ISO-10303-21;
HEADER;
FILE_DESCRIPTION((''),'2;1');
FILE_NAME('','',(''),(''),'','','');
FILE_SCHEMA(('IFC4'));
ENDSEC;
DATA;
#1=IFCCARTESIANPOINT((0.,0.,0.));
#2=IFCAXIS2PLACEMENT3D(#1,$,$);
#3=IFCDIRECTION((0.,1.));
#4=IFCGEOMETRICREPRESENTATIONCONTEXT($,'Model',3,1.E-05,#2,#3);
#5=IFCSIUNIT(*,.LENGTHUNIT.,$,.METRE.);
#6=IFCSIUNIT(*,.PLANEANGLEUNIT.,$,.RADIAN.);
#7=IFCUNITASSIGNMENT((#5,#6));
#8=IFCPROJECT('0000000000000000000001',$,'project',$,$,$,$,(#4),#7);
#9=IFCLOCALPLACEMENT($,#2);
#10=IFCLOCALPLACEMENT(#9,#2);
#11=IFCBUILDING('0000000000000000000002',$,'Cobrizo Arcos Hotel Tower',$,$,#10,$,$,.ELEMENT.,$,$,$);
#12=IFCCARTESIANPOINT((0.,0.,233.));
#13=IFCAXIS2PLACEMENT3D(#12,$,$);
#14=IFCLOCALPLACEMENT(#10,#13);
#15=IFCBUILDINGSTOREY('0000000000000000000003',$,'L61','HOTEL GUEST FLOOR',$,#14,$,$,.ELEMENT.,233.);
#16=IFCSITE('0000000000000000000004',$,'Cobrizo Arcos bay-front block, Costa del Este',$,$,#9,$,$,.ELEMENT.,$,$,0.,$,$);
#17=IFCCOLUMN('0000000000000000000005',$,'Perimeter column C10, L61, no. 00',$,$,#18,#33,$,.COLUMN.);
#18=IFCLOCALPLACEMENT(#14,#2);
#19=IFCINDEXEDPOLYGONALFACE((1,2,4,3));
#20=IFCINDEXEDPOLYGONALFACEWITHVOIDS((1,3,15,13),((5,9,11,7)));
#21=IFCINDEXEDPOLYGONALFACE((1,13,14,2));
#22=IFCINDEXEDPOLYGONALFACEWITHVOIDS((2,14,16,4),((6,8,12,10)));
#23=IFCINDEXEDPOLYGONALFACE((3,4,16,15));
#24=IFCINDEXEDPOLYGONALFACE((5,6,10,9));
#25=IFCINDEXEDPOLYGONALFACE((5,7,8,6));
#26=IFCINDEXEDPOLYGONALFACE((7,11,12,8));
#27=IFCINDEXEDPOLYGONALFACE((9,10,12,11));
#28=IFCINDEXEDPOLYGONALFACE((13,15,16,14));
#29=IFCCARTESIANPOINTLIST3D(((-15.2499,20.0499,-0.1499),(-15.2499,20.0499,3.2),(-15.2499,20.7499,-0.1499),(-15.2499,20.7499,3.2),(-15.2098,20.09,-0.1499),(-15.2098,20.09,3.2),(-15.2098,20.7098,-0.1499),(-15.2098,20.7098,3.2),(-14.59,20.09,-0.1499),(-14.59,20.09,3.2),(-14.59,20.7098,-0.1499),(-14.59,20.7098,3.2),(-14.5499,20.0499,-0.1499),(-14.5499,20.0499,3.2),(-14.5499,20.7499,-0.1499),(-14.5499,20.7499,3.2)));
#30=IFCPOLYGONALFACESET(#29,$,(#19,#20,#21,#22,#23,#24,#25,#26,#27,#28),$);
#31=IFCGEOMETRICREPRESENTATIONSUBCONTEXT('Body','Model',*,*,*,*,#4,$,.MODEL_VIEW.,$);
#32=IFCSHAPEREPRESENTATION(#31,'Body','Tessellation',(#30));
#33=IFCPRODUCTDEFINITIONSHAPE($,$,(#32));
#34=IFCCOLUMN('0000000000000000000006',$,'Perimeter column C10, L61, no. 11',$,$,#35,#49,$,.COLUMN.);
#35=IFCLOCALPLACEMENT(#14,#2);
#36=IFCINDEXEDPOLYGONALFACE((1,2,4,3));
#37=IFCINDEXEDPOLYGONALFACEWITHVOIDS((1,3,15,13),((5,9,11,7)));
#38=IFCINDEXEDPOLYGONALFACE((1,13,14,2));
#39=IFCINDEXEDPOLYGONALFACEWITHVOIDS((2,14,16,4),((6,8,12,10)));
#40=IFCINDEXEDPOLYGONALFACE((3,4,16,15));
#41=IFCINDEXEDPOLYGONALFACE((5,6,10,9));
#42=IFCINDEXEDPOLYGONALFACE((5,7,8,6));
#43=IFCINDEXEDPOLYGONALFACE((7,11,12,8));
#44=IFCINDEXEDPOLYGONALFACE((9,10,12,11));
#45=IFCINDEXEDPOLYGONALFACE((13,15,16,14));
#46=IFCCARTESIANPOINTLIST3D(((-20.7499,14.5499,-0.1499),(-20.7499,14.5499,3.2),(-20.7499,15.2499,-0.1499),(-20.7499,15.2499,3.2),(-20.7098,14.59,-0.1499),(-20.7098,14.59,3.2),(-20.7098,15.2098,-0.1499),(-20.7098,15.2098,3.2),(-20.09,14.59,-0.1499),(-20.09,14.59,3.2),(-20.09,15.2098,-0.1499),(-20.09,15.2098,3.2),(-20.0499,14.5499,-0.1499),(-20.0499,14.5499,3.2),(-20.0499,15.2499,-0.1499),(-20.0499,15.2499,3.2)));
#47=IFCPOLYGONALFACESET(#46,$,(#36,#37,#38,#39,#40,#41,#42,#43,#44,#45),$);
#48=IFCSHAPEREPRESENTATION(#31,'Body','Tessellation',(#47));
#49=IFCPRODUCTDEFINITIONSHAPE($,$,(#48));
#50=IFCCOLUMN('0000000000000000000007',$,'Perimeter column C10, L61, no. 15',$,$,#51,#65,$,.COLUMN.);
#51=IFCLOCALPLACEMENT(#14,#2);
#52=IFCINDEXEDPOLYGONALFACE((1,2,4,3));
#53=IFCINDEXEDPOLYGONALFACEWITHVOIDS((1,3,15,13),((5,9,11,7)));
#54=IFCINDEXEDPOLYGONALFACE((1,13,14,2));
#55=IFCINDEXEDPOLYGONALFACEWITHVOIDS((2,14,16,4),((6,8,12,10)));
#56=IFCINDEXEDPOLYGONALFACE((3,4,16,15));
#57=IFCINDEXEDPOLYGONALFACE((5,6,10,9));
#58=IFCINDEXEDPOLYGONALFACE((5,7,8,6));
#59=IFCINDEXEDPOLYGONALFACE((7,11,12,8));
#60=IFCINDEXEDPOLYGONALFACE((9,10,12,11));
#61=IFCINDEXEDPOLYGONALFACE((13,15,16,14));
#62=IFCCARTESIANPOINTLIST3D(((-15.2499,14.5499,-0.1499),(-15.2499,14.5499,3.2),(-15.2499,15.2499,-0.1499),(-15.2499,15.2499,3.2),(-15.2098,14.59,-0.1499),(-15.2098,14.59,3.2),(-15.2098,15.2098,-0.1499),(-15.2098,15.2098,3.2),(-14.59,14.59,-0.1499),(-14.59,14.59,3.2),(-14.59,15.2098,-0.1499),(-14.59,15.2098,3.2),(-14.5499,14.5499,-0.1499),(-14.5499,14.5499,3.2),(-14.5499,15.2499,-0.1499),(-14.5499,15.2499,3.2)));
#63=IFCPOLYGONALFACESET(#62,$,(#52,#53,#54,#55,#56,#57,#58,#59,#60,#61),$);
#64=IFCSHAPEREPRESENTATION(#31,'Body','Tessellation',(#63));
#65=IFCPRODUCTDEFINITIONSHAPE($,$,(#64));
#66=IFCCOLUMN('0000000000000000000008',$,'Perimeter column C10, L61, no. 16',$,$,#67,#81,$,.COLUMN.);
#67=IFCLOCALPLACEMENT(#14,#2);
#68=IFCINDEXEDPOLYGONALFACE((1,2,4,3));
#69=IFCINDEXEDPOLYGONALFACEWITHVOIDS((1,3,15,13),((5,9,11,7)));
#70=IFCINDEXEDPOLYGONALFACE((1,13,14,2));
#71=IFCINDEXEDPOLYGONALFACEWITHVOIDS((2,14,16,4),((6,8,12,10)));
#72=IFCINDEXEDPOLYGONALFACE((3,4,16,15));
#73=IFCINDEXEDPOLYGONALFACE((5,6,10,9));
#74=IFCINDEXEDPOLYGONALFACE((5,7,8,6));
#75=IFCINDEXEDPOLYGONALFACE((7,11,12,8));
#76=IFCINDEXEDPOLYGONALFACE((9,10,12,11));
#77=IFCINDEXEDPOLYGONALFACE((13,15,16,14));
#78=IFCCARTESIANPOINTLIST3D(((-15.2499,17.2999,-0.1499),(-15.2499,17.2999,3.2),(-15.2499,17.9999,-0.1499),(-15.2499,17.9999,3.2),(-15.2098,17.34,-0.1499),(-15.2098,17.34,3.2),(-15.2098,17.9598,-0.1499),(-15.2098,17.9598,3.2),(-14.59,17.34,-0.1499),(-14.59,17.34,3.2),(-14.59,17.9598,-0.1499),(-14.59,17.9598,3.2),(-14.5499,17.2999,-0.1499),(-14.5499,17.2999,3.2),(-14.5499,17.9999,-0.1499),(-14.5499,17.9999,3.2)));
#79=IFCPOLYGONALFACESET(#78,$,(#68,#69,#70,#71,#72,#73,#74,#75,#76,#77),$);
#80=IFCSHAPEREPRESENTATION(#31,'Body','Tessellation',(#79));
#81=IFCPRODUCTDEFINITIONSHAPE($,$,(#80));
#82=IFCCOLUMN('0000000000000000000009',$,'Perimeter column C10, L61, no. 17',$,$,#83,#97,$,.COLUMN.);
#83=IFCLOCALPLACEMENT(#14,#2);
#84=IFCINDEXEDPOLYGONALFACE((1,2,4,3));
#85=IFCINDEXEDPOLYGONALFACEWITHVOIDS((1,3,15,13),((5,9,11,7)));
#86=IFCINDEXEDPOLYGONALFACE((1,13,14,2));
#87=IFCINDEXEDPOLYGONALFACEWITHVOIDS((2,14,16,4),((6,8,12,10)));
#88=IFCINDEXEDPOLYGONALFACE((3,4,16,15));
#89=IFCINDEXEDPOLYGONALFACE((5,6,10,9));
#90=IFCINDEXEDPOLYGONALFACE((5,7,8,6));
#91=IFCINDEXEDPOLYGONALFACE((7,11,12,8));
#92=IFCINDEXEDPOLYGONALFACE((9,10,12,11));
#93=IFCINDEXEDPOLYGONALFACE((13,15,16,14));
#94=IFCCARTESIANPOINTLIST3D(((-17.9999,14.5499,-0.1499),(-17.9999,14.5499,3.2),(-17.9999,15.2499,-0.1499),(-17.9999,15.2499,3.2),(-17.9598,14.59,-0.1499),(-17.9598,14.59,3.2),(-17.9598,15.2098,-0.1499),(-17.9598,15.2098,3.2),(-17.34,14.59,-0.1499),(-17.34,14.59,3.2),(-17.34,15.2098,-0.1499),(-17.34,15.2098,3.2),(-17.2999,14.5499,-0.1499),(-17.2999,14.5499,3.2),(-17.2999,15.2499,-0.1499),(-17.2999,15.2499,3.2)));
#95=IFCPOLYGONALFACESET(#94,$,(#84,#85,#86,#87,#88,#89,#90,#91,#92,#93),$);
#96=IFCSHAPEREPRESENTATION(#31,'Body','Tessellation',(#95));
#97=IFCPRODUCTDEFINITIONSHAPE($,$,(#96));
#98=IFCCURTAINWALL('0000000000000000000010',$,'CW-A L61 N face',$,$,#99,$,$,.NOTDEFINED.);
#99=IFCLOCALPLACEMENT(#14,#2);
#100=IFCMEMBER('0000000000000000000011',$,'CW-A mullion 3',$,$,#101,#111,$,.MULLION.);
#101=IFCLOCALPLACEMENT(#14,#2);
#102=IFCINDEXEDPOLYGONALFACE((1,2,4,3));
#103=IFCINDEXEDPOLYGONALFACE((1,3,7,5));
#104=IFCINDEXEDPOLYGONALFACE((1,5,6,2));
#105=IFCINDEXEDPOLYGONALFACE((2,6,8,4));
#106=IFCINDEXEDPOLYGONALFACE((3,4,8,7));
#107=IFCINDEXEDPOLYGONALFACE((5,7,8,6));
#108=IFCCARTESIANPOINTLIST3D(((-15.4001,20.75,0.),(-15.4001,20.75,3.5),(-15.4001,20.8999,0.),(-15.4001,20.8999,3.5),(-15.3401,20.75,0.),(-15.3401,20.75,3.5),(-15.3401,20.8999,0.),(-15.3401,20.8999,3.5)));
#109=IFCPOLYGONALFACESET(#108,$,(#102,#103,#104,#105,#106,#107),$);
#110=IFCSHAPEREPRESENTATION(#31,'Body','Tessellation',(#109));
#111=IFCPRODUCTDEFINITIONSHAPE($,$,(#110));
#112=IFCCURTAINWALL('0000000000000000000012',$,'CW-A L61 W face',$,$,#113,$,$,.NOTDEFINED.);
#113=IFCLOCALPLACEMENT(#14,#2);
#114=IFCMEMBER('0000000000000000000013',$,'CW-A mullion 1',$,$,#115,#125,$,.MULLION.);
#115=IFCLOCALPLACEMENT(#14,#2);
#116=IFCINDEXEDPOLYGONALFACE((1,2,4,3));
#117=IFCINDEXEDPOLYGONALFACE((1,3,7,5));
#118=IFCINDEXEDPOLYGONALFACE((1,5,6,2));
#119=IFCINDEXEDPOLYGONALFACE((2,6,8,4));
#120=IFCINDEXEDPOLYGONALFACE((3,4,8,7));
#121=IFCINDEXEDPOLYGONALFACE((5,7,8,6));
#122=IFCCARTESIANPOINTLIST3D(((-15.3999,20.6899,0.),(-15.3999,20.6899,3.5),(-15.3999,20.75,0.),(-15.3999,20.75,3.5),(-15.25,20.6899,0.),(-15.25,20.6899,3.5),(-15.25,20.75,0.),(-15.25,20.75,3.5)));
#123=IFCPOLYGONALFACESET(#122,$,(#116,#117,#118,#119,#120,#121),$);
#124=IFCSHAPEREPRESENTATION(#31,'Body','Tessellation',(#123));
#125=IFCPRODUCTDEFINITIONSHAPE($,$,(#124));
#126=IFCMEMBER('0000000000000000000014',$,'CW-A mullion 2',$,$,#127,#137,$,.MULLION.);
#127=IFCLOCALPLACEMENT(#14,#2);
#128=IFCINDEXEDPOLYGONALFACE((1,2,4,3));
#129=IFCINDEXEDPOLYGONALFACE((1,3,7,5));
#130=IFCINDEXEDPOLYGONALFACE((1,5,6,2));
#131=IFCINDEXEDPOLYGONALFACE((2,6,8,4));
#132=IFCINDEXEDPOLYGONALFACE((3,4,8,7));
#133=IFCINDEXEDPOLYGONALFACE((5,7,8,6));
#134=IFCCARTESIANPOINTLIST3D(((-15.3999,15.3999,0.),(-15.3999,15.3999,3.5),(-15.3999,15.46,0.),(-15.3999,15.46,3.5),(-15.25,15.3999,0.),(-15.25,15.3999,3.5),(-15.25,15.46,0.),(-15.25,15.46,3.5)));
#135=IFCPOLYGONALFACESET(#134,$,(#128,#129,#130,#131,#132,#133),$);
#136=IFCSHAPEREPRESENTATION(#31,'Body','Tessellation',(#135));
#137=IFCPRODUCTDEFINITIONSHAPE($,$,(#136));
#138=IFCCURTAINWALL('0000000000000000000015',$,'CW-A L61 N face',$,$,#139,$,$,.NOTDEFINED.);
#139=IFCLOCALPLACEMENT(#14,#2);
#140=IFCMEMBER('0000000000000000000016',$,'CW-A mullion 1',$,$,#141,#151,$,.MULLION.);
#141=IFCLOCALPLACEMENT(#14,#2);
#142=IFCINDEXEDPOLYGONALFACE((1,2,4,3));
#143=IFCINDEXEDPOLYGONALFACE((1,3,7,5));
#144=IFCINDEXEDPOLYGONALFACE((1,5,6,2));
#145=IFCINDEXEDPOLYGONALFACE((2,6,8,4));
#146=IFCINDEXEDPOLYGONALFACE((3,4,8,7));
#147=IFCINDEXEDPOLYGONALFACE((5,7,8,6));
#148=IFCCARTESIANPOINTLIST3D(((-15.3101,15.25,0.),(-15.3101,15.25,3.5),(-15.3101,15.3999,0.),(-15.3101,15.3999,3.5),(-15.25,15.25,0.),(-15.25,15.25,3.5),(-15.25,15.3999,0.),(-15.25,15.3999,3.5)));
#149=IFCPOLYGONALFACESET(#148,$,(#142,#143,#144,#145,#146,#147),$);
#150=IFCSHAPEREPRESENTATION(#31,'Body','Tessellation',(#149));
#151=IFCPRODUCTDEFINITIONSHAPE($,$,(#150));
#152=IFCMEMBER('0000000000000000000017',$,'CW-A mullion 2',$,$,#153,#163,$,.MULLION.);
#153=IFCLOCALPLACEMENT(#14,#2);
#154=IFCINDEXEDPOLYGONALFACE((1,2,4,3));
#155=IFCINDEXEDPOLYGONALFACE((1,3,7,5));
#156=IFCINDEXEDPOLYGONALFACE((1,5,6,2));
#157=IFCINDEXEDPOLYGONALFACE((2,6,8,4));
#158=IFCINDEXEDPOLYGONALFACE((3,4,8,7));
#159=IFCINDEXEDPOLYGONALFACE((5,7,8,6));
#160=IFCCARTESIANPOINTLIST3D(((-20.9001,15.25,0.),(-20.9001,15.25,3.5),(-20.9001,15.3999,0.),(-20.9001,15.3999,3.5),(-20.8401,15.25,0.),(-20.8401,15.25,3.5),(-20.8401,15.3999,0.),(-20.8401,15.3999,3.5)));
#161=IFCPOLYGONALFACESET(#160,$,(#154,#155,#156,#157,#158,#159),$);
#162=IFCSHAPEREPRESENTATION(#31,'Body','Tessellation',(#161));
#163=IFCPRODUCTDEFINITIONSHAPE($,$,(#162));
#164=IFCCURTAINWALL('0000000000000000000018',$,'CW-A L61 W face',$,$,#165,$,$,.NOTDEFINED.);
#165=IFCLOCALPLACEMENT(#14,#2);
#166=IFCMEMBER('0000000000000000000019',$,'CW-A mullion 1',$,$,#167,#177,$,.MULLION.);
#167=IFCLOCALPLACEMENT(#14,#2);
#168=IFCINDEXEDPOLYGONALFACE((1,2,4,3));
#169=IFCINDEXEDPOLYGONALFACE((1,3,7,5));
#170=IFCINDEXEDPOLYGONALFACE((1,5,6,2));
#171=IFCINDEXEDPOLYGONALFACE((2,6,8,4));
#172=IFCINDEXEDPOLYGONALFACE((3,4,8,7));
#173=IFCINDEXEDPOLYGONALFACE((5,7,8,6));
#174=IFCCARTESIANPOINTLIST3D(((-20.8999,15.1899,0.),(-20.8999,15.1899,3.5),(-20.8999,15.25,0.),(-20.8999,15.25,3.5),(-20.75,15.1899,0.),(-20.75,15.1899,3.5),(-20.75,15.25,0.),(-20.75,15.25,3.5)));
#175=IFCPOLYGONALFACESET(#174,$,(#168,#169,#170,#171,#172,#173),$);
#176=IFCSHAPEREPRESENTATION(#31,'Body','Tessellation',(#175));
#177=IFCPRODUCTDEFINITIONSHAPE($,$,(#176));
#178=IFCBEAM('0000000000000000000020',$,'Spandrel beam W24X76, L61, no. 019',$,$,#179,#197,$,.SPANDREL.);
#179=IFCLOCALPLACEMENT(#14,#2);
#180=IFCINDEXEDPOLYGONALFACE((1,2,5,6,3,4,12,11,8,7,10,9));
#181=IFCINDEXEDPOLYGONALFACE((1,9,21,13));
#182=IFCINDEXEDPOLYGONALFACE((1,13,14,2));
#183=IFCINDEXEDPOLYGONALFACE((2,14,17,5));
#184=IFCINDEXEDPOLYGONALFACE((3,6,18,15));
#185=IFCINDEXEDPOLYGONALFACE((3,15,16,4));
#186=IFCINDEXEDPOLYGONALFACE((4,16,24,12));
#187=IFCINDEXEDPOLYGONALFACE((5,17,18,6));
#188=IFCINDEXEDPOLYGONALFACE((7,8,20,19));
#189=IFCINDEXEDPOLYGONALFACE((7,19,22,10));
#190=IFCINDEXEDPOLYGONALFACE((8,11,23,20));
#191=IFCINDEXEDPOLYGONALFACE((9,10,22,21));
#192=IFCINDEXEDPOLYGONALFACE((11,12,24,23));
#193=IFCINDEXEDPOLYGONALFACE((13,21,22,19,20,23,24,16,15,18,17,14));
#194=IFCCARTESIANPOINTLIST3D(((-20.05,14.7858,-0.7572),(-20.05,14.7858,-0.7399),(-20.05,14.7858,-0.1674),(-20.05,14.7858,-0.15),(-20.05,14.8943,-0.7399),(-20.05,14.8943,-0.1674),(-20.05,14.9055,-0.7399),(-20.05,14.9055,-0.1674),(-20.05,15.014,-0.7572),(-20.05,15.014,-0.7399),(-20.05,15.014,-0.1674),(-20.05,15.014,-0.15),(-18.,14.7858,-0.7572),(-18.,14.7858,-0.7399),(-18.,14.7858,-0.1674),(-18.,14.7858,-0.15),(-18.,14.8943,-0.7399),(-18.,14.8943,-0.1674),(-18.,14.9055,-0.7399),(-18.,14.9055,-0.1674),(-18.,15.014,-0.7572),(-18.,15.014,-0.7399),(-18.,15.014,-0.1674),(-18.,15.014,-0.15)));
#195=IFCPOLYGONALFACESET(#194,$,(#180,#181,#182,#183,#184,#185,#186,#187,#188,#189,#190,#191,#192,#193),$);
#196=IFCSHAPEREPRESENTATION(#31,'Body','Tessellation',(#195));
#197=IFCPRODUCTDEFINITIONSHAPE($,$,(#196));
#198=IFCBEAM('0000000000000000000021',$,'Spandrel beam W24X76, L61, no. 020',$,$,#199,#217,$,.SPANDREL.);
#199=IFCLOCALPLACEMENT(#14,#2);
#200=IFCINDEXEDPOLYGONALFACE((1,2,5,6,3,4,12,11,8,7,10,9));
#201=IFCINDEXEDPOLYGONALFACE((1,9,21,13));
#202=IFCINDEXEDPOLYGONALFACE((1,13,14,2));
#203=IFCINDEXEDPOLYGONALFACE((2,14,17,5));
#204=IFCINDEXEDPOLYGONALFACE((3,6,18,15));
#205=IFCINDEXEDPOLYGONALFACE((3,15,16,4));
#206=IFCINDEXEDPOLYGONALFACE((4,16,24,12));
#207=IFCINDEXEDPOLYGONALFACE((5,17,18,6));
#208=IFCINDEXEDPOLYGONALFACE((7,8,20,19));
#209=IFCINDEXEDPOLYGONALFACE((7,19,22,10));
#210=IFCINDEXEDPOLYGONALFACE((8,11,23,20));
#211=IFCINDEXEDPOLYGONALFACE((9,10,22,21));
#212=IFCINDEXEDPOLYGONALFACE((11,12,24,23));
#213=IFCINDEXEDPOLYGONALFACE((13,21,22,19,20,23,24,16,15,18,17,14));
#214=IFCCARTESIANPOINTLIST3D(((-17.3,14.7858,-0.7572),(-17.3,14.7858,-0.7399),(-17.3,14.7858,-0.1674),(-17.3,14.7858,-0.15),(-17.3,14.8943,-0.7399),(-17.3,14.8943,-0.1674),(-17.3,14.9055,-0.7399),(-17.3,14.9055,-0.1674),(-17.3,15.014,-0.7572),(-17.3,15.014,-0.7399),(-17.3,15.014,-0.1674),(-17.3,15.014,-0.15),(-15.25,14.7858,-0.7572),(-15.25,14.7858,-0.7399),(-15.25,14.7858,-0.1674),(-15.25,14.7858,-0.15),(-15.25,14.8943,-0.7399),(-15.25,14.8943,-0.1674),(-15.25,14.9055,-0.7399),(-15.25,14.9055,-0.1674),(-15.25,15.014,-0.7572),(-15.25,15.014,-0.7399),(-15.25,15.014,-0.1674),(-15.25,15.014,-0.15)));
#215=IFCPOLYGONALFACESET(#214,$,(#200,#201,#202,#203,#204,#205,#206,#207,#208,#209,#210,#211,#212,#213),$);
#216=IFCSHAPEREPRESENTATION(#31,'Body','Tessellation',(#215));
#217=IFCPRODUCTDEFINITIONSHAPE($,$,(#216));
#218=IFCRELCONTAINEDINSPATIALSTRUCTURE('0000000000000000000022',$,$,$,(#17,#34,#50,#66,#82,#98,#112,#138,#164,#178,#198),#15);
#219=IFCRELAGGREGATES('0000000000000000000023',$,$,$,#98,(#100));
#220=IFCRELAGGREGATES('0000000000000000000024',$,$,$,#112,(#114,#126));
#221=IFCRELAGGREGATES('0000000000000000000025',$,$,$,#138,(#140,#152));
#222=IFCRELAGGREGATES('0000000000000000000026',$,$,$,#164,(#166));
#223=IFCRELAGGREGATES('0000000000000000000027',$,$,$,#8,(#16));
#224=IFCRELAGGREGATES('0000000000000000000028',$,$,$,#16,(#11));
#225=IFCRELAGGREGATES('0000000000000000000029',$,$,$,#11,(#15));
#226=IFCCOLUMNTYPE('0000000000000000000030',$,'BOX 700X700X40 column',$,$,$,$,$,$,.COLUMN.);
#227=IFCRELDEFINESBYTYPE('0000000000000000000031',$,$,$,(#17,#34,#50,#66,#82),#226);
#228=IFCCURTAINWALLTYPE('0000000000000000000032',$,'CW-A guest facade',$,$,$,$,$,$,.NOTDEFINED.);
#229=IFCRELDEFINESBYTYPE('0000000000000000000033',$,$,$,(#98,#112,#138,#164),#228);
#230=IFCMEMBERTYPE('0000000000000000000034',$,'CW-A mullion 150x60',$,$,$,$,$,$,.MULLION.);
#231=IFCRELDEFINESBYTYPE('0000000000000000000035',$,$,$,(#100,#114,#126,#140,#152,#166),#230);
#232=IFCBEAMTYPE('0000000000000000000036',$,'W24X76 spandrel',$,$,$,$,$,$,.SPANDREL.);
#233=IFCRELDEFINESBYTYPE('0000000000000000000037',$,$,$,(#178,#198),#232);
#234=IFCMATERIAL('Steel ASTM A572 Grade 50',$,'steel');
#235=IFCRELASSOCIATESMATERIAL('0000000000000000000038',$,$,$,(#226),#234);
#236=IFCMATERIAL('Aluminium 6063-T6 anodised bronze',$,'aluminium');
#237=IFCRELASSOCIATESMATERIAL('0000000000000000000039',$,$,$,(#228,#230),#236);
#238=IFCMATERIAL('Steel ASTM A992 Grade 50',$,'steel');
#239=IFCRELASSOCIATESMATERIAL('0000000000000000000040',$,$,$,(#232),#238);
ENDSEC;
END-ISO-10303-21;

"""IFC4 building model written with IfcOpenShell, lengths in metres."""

from ifc_helpers import new_model, si_unit, direction, frame, origin, origin_2d, place, context, subcontext, project, spatial, rectangle, hollow_rectangle, i_section, extrude, material, material_profile, profile_set, type_object, element, aggregate, save


model = new_model("IFC4")

# Units and contexts
model_context = context("Model", 3, precision=1e-05, world=origin(), true_north=direction((0.0, 1.0)))
body_context = subcontext(model_context, "Body", "Model", "MODEL_VIEW")
ifc_project = project(units=[si_unit("LENGTHUNIT", "METRE"), si_unit("PLANEANGLEUNIT", "RADIAN")], contexts=[model_context])

# Site, building, storey
site_placement = place(None, origin())
site = spatial("IfcSite", under=ifc_project, at=site_placement, Name="Cobrizo Arcos bay-front block, Costa del Este", CompositionType="ELEMENT", RefElevation=0.0)
building_placement = place(site_placement, origin())
building = spatial("IfcBuilding", under=site, at=building_placement, Name="Cobrizo Arcos Hotel Tower", CompositionType="ELEMENT")
storey_placement = place(building_placement, frame((0.0, 0.0, 233.0)))
storey = spatial("IfcBuildingStorey", under=building, at=storey_placement, Name="L61", Description="HOTEL GUEST FLOOR", CompositionType="ELEMENT", Elevation=233.0)

# Columns
ifc_material_1 = material(Name="Steel ASTM A572 Grade 50", Category="steel")
ifc_material_profile_1 = material_profile(ifc_material_1, hollow_rectangle(XDim=0.7, YDim=0.7, WallThickness=0.04, at=origin_2d()), Name="BOX 700X700X40")
ifc_profile_set_1 = profile_set([ifc_material_profile_1], Name="Steel ASTM A572 Grade 50")
column_type = type_object("IfcColumnType", Name="BOX 700X700X40 column", PredefinedType="COLUMN", material=ifc_profile_set_1)
for number, where, z_axis, x_axis, name in (
    (1, (-14.8999, 20.3999, -0.1499), (0.0, 0.0, 1.0), (1.0, 0.0, 0.0), "Perimeter column C10, L61, no. 00"),
    (2, (-20.3999, 14.8999, -0.1499), (0.0, 0.0, 1.0), (1.0, 0.0, 0.0), "Perimeter column C10, L61, no. 11"),
    (3, (-14.8999, 14.8999, -0.1499), (0.0, 0.0, 1.0), (1.0, 0.0, 0.0), "Perimeter column C10, L61, no. 15"),
    (4, (-14.8999, 17.6499, -0.1499), (0.0, 0.0, 1.0), (1.0, 0.0, 0.0), "Perimeter column C10, L61, no. 16"),
    (5, (-17.6499, 14.8999, -0.1499), (0.0, 0.0, 1.0), (1.0, 0.0, 0.0), "Perimeter column C10, L61, no. 17"),
):
    element("IfcColumn", number, at=place(storey_placement, frame(where, z_axis=z_axis, x_axis=x_axis)), inside=storey, type_object=column_type, Name=name, PredefinedType="COLUMN", context=body_context, shape_type="SweptSolid", body=[
        extrude(hollow_rectangle(XDim=0.7, YDim=0.7, WallThickness=0.04, at=origin_2d()), origin(), (0.0, 0.0, 1.0), 3.3499),
    ])

# Curtain wall, member
ifc_material_2 = material(Name="Aluminium 6063-T6 anodised bronze", Category="aluminium")
curtain_wall_type = type_object("IfcCurtainWallType", Name="CW-A guest facade", PredefinedType="NOTDEFINED", material=ifc_material_2)
curtain_wall_1_placement = place(storey_placement, origin())
curtain_wall_1 = element("IfcCurtainWall", 6, at=curtain_wall_1_placement, inside=storey, type_object=curtain_wall_type, Name="CW-A L61 N face", PredefinedType="NOTDEFINED")
ifc_material_profile_2 = material_profile(ifc_material_2, rectangle(XDim=0.1499, YDim=0.0601, at=origin_2d()), Name="CW-A mullion 150x60")
ifc_profile_set_2 = profile_set([ifc_material_profile_2], Name="Aluminium 6063-T6 anodised bronze")
member_type = type_object("IfcMemberType", Name="CW-A mullion 150x60", PredefinedType="MULLION", material=ifc_profile_set_2)
member_1_placement = place(storey_placement, frame((-15.3701, 20.825, 0.0), z_axis=(0.0, 0.0, 1.0), x_axis=(0.0, 1.0, 0.0)))
member_1 = element("IfcMember", 7, at=member_1_placement, type_object=member_type, Name="CW-A mullion 3", PredefinedType="MULLION", context=body_context, shape_type="SweptSolid", body=[
    extrude(rectangle(XDim=0.1499, YDim=0.0601, at=origin_2d()), origin(), (0.0, 0.0, 1.0), 3.5),
])

# Curtain walls, members
curtain_wall_2_placement = place(storey_placement, origin())
curtain_wall_2 = element("IfcCurtainWall", 8, at=curtain_wall_2_placement, inside=storey, type_object=curtain_wall_type, Name="CW-A L61 W face", PredefinedType="NOTDEFINED")
member_2_placement = place(storey_placement, frame((-15.325, 20.72, 0.0), z_axis=(0.0, 0.0, 1.0), x_axis=(-1.0, 0.0, 0.0)))
member_2 = element("IfcMember", 9, at=member_2_placement, type_object=member_type, Name="CW-A mullion 1", PredefinedType="MULLION", context=body_context, shape_type="SweptSolid", body=[
    extrude(rectangle(XDim=0.1499, YDim=0.0601, at=origin_2d()), origin(), (0.0, 0.0, 1.0), 3.5),
])
member_3_placement = place(storey_placement, frame((-15.325, 15.4299, 0.0), z_axis=(0.0, 0.0, 1.0), x_axis=(-1.0, 0.0, 0.0)))
member_3 = element("IfcMember", 10, at=member_3_placement, type_object=member_type, Name="CW-A mullion 2", PredefinedType="MULLION", context=body_context, shape_type="SweptSolid", body=[
    extrude(rectangle(XDim=0.1499, YDim=0.0601, at=origin_2d()), origin(), (0.0, 0.0, 1.0), 3.5),
])
curtain_wall_3_placement = place(storey_placement, origin())
curtain_wall_3 = element("IfcCurtainWall", 11, at=curtain_wall_3_placement, inside=storey, type_object=curtain_wall_type, Name="CW-A L61 N face", PredefinedType="NOTDEFINED")
member_4_placement = place(storey_placement, frame((-15.28, 15.325, 0.0), z_axis=(0.0, 0.0, 1.0), x_axis=(0.0, 1.0, 0.0)))
member_4 = element("IfcMember", 12, at=member_4_placement, type_object=member_type, Name="CW-A mullion 1", PredefinedType="MULLION", context=body_context, shape_type="SweptSolid", body=[
    extrude(rectangle(XDim=0.1499, YDim=0.0601, at=origin_2d()), origin(), (0.0, 0.0, 1.0), 3.5),
])
member_5_placement = place(storey_placement, frame((-20.8701, 15.325, 0.0), z_axis=(0.0, 0.0, 1.0), x_axis=(0.0, 1.0, 0.0)))
member_5 = element("IfcMember", 13, at=member_5_placement, type_object=member_type, Name="CW-A mullion 2", PredefinedType="MULLION", context=body_context, shape_type="SweptSolid", body=[
    extrude(rectangle(XDim=0.1499, YDim=0.0601, at=origin_2d()), origin(), (0.0, 0.0, 1.0), 3.5),
])

# Curtain wall, member
curtain_wall_4_placement = place(storey_placement, origin())
curtain_wall_4 = element("IfcCurtainWall", 14, at=curtain_wall_4_placement, inside=storey, type_object=curtain_wall_type, Name="CW-A L61 W face", PredefinedType="NOTDEFINED")
member_6_placement = place(storey_placement, frame((-20.825, 15.22, 0.0), z_axis=(0.0, 0.0, 1.0), x_axis=(-1.0, 0.0, 0.0)))
member_6 = element("IfcMember", 15, at=member_6_placement, type_object=member_type, Name="CW-A mullion 1", PredefinedType="MULLION", context=body_context, shape_type="SweptSolid", body=[
    extrude(rectangle(XDim=0.1499, YDim=0.0601, at=origin_2d()), origin(), (0.0, 0.0, 1.0), 3.5),
])

# Beams
ifc_material_3 = material(Name="Steel ASTM A992 Grade 50", Category="steel")
ifc_material_profile_3 = material_profile(ifc_material_3, i_section(OverallWidth=0.2283, OverallDepth=0.6072, WebThickness=0.0112, FlangeThickness=0.0173, at=origin_2d()), Name="W24X76")
ifc_profile_set_3 = profile_set([ifc_material_profile_3], Name="Steel ASTM A992 Grade 50")
beam_type = type_object("IfcBeamType", Name="W24X76 spandrel", PredefinedType="SPANDREL", material=ifc_profile_set_3)
for number, where, z_axis, x_axis, name in (
    (16, (-20.05, 14.8999, -0.4536), (1.0, 0.0, 0.0), (0.0, 1.0, 0.0), "Spandrel beam W24X76, L61, no. 019"),
    (17, (-17.3, 14.8999, -0.4536), (1.0, 0.0, 0.0), (0.0, 1.0, 0.0), "Spandrel beam W24X76, L61, no. 020"),
):
    element("IfcBeam", number, at=place(storey_placement, frame(where, z_axis=z_axis, x_axis=x_axis)), inside=storey, type_object=beam_type, Name=name, PredefinedType="SPANDREL", context=body_context, shape_type="SweptSolid", body=[
        extrude(i_section(OverallWidth=0.2283, OverallDepth=0.6072, WebThickness=0.0112, FlangeThickness=0.0173, at=origin_2d()), origin(), (0.0, 0.0, 1.0), 2.05),
    ])

aggregate(curtain_wall_1, [member_1])
aggregate(curtain_wall_2, [member_2, member_3])
aggregate(curtain_wall_3, [member_4, member_5])
aggregate(curtain_wall_4, [member_6])

save(model, "model.ifc")
